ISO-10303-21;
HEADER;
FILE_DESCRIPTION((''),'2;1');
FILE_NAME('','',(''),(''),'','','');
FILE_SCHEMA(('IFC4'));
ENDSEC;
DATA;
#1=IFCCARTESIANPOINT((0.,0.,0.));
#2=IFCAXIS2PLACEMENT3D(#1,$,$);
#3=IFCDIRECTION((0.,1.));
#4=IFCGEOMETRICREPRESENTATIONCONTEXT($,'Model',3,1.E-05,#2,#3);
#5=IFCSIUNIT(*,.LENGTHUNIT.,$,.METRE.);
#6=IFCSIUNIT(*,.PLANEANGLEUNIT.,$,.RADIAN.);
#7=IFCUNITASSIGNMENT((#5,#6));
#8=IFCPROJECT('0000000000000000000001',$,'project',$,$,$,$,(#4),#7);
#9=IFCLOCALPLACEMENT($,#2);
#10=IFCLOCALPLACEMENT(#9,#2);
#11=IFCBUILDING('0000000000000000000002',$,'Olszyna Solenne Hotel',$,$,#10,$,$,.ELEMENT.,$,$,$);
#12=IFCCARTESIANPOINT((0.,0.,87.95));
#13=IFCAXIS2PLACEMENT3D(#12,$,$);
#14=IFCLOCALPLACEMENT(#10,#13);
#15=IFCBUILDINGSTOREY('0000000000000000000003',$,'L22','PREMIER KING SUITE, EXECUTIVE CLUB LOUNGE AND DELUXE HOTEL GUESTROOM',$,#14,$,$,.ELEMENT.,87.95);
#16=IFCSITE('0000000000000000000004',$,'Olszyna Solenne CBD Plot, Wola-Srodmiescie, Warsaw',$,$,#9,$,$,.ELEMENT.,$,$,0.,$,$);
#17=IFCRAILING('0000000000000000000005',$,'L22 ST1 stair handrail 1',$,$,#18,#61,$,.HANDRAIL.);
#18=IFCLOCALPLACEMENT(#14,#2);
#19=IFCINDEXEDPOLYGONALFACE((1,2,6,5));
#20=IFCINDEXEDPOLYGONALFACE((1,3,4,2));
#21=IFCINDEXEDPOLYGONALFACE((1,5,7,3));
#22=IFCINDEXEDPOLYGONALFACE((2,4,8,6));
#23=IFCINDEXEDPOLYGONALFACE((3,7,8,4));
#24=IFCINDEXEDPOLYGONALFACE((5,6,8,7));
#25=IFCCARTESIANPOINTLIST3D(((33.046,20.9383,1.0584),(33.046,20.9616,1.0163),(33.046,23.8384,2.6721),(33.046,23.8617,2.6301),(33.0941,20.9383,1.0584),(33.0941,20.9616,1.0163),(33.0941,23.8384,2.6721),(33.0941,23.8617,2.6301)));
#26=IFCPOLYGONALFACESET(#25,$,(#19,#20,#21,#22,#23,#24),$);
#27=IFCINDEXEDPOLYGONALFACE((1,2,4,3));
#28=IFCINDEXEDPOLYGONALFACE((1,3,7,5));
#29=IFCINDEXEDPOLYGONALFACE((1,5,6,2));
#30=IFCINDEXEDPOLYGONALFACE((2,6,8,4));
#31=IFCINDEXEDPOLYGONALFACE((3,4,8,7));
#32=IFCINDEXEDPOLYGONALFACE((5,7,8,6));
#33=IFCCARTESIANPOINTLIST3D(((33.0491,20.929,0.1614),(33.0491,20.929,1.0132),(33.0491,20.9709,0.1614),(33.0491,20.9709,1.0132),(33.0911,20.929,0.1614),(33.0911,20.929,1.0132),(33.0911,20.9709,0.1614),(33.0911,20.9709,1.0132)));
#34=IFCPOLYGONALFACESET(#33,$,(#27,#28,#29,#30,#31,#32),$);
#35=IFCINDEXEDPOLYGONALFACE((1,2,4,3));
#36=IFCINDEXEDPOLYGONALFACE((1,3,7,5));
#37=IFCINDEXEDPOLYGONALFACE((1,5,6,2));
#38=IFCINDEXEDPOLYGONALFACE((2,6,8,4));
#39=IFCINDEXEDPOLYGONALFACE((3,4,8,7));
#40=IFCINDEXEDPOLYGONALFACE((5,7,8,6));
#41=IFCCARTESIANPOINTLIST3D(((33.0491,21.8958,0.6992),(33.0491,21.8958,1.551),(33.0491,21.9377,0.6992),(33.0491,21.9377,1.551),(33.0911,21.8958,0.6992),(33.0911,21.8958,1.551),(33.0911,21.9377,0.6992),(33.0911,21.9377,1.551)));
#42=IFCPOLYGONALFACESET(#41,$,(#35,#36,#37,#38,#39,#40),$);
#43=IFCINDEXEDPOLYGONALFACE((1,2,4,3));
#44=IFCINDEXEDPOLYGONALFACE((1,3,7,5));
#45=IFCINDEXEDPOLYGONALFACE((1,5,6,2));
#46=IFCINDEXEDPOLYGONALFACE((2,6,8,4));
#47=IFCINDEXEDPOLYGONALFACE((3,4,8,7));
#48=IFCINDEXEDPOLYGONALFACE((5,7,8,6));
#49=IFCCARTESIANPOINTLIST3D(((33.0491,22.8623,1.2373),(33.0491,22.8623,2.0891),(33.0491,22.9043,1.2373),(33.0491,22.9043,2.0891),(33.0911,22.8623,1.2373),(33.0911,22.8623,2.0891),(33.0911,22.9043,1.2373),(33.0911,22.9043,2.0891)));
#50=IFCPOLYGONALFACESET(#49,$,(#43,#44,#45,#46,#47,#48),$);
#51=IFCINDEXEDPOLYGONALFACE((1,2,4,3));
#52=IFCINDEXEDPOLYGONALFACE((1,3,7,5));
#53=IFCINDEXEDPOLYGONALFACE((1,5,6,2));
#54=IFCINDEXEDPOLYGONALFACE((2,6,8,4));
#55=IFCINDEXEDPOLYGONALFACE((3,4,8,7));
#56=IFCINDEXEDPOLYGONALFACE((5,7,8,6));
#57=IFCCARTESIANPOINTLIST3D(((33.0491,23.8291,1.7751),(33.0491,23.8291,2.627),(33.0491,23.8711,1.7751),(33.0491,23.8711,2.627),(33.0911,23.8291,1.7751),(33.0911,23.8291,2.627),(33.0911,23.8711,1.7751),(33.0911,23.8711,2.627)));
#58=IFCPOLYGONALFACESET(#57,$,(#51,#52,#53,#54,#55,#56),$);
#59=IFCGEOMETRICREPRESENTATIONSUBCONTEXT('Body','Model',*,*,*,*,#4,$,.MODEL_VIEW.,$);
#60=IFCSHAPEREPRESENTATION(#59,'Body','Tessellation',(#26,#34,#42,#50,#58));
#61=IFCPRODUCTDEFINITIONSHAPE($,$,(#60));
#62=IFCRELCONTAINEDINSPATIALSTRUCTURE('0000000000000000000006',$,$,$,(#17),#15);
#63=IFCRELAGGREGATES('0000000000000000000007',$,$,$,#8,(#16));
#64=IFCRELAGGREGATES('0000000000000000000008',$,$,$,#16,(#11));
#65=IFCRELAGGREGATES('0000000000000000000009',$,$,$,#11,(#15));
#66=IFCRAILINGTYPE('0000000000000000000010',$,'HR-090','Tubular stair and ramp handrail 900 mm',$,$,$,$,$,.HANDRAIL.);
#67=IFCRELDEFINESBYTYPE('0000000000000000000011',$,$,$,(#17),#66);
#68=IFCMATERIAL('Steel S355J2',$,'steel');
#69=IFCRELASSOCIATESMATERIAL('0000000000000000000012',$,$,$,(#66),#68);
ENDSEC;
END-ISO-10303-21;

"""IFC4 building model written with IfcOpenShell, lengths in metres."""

from ifc_helpers import new_model, si_unit, direction, frame, origin, origin_2d, place, context, subcontext, project, spatial, rectangle, extrude, material, type_object, element, save


model = new_model("IFC4")

# Units and contexts
model_context = context("Model", 3, precision=1e-05, world=origin(), true_north=direction((0.0, 1.0)))
body_context = subcontext(model_context, "Body", "Model", "MODEL_VIEW")
ifc_project = project(units=[si_unit("LENGTHUNIT", "METRE"), si_unit("PLANEANGLEUNIT", "RADIAN")], contexts=[model_context])

# Site, building, storey
site_placement = place(None, origin())
site = spatial("IfcSite", under=ifc_project, at=site_placement, Name="Olszyna Solenne CBD Plot, Wola-Srodmiescie, Warsaw", CompositionType="ELEMENT", RefElevation=0.0)
building_placement = place(site_placement, origin())
building = spatial("IfcBuilding", under=site, at=building_placement, Name="Olszyna Solenne Hotel", CompositionType="ELEMENT")
storey_placement = place(building_placement, frame((0.0, 0.0, 87.95)))
storey = spatial("IfcBuildingStorey", under=building, at=storey_placement, Name="L22", Description="PREMIER KING SUITE, EXECUTIVE CLUB LOUNGE AND DELUXE HOTEL GUESTROOM", CompositionType="ELEMENT", Elevation=87.95)

# Shared definitions
ifc_material_1 = material(Name="Steel S355J2", Category="steel")

# Railing
railing_type = type_object("IfcRailingType", Name="HR-090", Description="Tubular stair and ramp handrail 900 mm", PredefinedType="HANDRAIL", material=ifc_material_1)
railing_placement = place(storey_placement, frame((33.0701, 20.95, 0.1614)))
element("IfcRailing", 1, at=railing_placement, inside=storey, type_object=railing_type, Name="L22 ST1 stair handrail 1", PredefinedType="HANDRAIL", context=body_context, shape_type="SweptSolid", body=[
    extrude(rectangle(XDim=0.0481, YDim=0.0481, at=origin_2d()), frame((0.0, 0.0, 0.876), z_axis=(0.0, 0.873827, 0.486236), x_axis=(-1.0, 0.0, 0.0)), (0.0, 0.0, 1.0), 3.3188),
    extrude(rectangle(XDim=0.042, YDim=0.042, at=origin_2d()), origin(), (0.0, 0.0, 1.0), 0.8518),
    extrude(rectangle(XDim=0.042, YDim=0.042, at=origin_2d()), frame((0.0, 0.9668, 0.5378)), (0.0, 0.0, 1.0), 0.8518),
    extrude(rectangle(XDim=0.042, YDim=0.042, at=origin_2d()), frame((0.0, 1.9333, 1.0759)), (0.0, 0.0, 1.0), 0.8518),
    extrude(rectangle(XDim=0.042, YDim=0.042, at=origin_2d()), frame((0.0, 2.9001, 1.6138)), (0.0, 0.0, 1.0), 0.8518),
])

save(model, "model.ifc")
